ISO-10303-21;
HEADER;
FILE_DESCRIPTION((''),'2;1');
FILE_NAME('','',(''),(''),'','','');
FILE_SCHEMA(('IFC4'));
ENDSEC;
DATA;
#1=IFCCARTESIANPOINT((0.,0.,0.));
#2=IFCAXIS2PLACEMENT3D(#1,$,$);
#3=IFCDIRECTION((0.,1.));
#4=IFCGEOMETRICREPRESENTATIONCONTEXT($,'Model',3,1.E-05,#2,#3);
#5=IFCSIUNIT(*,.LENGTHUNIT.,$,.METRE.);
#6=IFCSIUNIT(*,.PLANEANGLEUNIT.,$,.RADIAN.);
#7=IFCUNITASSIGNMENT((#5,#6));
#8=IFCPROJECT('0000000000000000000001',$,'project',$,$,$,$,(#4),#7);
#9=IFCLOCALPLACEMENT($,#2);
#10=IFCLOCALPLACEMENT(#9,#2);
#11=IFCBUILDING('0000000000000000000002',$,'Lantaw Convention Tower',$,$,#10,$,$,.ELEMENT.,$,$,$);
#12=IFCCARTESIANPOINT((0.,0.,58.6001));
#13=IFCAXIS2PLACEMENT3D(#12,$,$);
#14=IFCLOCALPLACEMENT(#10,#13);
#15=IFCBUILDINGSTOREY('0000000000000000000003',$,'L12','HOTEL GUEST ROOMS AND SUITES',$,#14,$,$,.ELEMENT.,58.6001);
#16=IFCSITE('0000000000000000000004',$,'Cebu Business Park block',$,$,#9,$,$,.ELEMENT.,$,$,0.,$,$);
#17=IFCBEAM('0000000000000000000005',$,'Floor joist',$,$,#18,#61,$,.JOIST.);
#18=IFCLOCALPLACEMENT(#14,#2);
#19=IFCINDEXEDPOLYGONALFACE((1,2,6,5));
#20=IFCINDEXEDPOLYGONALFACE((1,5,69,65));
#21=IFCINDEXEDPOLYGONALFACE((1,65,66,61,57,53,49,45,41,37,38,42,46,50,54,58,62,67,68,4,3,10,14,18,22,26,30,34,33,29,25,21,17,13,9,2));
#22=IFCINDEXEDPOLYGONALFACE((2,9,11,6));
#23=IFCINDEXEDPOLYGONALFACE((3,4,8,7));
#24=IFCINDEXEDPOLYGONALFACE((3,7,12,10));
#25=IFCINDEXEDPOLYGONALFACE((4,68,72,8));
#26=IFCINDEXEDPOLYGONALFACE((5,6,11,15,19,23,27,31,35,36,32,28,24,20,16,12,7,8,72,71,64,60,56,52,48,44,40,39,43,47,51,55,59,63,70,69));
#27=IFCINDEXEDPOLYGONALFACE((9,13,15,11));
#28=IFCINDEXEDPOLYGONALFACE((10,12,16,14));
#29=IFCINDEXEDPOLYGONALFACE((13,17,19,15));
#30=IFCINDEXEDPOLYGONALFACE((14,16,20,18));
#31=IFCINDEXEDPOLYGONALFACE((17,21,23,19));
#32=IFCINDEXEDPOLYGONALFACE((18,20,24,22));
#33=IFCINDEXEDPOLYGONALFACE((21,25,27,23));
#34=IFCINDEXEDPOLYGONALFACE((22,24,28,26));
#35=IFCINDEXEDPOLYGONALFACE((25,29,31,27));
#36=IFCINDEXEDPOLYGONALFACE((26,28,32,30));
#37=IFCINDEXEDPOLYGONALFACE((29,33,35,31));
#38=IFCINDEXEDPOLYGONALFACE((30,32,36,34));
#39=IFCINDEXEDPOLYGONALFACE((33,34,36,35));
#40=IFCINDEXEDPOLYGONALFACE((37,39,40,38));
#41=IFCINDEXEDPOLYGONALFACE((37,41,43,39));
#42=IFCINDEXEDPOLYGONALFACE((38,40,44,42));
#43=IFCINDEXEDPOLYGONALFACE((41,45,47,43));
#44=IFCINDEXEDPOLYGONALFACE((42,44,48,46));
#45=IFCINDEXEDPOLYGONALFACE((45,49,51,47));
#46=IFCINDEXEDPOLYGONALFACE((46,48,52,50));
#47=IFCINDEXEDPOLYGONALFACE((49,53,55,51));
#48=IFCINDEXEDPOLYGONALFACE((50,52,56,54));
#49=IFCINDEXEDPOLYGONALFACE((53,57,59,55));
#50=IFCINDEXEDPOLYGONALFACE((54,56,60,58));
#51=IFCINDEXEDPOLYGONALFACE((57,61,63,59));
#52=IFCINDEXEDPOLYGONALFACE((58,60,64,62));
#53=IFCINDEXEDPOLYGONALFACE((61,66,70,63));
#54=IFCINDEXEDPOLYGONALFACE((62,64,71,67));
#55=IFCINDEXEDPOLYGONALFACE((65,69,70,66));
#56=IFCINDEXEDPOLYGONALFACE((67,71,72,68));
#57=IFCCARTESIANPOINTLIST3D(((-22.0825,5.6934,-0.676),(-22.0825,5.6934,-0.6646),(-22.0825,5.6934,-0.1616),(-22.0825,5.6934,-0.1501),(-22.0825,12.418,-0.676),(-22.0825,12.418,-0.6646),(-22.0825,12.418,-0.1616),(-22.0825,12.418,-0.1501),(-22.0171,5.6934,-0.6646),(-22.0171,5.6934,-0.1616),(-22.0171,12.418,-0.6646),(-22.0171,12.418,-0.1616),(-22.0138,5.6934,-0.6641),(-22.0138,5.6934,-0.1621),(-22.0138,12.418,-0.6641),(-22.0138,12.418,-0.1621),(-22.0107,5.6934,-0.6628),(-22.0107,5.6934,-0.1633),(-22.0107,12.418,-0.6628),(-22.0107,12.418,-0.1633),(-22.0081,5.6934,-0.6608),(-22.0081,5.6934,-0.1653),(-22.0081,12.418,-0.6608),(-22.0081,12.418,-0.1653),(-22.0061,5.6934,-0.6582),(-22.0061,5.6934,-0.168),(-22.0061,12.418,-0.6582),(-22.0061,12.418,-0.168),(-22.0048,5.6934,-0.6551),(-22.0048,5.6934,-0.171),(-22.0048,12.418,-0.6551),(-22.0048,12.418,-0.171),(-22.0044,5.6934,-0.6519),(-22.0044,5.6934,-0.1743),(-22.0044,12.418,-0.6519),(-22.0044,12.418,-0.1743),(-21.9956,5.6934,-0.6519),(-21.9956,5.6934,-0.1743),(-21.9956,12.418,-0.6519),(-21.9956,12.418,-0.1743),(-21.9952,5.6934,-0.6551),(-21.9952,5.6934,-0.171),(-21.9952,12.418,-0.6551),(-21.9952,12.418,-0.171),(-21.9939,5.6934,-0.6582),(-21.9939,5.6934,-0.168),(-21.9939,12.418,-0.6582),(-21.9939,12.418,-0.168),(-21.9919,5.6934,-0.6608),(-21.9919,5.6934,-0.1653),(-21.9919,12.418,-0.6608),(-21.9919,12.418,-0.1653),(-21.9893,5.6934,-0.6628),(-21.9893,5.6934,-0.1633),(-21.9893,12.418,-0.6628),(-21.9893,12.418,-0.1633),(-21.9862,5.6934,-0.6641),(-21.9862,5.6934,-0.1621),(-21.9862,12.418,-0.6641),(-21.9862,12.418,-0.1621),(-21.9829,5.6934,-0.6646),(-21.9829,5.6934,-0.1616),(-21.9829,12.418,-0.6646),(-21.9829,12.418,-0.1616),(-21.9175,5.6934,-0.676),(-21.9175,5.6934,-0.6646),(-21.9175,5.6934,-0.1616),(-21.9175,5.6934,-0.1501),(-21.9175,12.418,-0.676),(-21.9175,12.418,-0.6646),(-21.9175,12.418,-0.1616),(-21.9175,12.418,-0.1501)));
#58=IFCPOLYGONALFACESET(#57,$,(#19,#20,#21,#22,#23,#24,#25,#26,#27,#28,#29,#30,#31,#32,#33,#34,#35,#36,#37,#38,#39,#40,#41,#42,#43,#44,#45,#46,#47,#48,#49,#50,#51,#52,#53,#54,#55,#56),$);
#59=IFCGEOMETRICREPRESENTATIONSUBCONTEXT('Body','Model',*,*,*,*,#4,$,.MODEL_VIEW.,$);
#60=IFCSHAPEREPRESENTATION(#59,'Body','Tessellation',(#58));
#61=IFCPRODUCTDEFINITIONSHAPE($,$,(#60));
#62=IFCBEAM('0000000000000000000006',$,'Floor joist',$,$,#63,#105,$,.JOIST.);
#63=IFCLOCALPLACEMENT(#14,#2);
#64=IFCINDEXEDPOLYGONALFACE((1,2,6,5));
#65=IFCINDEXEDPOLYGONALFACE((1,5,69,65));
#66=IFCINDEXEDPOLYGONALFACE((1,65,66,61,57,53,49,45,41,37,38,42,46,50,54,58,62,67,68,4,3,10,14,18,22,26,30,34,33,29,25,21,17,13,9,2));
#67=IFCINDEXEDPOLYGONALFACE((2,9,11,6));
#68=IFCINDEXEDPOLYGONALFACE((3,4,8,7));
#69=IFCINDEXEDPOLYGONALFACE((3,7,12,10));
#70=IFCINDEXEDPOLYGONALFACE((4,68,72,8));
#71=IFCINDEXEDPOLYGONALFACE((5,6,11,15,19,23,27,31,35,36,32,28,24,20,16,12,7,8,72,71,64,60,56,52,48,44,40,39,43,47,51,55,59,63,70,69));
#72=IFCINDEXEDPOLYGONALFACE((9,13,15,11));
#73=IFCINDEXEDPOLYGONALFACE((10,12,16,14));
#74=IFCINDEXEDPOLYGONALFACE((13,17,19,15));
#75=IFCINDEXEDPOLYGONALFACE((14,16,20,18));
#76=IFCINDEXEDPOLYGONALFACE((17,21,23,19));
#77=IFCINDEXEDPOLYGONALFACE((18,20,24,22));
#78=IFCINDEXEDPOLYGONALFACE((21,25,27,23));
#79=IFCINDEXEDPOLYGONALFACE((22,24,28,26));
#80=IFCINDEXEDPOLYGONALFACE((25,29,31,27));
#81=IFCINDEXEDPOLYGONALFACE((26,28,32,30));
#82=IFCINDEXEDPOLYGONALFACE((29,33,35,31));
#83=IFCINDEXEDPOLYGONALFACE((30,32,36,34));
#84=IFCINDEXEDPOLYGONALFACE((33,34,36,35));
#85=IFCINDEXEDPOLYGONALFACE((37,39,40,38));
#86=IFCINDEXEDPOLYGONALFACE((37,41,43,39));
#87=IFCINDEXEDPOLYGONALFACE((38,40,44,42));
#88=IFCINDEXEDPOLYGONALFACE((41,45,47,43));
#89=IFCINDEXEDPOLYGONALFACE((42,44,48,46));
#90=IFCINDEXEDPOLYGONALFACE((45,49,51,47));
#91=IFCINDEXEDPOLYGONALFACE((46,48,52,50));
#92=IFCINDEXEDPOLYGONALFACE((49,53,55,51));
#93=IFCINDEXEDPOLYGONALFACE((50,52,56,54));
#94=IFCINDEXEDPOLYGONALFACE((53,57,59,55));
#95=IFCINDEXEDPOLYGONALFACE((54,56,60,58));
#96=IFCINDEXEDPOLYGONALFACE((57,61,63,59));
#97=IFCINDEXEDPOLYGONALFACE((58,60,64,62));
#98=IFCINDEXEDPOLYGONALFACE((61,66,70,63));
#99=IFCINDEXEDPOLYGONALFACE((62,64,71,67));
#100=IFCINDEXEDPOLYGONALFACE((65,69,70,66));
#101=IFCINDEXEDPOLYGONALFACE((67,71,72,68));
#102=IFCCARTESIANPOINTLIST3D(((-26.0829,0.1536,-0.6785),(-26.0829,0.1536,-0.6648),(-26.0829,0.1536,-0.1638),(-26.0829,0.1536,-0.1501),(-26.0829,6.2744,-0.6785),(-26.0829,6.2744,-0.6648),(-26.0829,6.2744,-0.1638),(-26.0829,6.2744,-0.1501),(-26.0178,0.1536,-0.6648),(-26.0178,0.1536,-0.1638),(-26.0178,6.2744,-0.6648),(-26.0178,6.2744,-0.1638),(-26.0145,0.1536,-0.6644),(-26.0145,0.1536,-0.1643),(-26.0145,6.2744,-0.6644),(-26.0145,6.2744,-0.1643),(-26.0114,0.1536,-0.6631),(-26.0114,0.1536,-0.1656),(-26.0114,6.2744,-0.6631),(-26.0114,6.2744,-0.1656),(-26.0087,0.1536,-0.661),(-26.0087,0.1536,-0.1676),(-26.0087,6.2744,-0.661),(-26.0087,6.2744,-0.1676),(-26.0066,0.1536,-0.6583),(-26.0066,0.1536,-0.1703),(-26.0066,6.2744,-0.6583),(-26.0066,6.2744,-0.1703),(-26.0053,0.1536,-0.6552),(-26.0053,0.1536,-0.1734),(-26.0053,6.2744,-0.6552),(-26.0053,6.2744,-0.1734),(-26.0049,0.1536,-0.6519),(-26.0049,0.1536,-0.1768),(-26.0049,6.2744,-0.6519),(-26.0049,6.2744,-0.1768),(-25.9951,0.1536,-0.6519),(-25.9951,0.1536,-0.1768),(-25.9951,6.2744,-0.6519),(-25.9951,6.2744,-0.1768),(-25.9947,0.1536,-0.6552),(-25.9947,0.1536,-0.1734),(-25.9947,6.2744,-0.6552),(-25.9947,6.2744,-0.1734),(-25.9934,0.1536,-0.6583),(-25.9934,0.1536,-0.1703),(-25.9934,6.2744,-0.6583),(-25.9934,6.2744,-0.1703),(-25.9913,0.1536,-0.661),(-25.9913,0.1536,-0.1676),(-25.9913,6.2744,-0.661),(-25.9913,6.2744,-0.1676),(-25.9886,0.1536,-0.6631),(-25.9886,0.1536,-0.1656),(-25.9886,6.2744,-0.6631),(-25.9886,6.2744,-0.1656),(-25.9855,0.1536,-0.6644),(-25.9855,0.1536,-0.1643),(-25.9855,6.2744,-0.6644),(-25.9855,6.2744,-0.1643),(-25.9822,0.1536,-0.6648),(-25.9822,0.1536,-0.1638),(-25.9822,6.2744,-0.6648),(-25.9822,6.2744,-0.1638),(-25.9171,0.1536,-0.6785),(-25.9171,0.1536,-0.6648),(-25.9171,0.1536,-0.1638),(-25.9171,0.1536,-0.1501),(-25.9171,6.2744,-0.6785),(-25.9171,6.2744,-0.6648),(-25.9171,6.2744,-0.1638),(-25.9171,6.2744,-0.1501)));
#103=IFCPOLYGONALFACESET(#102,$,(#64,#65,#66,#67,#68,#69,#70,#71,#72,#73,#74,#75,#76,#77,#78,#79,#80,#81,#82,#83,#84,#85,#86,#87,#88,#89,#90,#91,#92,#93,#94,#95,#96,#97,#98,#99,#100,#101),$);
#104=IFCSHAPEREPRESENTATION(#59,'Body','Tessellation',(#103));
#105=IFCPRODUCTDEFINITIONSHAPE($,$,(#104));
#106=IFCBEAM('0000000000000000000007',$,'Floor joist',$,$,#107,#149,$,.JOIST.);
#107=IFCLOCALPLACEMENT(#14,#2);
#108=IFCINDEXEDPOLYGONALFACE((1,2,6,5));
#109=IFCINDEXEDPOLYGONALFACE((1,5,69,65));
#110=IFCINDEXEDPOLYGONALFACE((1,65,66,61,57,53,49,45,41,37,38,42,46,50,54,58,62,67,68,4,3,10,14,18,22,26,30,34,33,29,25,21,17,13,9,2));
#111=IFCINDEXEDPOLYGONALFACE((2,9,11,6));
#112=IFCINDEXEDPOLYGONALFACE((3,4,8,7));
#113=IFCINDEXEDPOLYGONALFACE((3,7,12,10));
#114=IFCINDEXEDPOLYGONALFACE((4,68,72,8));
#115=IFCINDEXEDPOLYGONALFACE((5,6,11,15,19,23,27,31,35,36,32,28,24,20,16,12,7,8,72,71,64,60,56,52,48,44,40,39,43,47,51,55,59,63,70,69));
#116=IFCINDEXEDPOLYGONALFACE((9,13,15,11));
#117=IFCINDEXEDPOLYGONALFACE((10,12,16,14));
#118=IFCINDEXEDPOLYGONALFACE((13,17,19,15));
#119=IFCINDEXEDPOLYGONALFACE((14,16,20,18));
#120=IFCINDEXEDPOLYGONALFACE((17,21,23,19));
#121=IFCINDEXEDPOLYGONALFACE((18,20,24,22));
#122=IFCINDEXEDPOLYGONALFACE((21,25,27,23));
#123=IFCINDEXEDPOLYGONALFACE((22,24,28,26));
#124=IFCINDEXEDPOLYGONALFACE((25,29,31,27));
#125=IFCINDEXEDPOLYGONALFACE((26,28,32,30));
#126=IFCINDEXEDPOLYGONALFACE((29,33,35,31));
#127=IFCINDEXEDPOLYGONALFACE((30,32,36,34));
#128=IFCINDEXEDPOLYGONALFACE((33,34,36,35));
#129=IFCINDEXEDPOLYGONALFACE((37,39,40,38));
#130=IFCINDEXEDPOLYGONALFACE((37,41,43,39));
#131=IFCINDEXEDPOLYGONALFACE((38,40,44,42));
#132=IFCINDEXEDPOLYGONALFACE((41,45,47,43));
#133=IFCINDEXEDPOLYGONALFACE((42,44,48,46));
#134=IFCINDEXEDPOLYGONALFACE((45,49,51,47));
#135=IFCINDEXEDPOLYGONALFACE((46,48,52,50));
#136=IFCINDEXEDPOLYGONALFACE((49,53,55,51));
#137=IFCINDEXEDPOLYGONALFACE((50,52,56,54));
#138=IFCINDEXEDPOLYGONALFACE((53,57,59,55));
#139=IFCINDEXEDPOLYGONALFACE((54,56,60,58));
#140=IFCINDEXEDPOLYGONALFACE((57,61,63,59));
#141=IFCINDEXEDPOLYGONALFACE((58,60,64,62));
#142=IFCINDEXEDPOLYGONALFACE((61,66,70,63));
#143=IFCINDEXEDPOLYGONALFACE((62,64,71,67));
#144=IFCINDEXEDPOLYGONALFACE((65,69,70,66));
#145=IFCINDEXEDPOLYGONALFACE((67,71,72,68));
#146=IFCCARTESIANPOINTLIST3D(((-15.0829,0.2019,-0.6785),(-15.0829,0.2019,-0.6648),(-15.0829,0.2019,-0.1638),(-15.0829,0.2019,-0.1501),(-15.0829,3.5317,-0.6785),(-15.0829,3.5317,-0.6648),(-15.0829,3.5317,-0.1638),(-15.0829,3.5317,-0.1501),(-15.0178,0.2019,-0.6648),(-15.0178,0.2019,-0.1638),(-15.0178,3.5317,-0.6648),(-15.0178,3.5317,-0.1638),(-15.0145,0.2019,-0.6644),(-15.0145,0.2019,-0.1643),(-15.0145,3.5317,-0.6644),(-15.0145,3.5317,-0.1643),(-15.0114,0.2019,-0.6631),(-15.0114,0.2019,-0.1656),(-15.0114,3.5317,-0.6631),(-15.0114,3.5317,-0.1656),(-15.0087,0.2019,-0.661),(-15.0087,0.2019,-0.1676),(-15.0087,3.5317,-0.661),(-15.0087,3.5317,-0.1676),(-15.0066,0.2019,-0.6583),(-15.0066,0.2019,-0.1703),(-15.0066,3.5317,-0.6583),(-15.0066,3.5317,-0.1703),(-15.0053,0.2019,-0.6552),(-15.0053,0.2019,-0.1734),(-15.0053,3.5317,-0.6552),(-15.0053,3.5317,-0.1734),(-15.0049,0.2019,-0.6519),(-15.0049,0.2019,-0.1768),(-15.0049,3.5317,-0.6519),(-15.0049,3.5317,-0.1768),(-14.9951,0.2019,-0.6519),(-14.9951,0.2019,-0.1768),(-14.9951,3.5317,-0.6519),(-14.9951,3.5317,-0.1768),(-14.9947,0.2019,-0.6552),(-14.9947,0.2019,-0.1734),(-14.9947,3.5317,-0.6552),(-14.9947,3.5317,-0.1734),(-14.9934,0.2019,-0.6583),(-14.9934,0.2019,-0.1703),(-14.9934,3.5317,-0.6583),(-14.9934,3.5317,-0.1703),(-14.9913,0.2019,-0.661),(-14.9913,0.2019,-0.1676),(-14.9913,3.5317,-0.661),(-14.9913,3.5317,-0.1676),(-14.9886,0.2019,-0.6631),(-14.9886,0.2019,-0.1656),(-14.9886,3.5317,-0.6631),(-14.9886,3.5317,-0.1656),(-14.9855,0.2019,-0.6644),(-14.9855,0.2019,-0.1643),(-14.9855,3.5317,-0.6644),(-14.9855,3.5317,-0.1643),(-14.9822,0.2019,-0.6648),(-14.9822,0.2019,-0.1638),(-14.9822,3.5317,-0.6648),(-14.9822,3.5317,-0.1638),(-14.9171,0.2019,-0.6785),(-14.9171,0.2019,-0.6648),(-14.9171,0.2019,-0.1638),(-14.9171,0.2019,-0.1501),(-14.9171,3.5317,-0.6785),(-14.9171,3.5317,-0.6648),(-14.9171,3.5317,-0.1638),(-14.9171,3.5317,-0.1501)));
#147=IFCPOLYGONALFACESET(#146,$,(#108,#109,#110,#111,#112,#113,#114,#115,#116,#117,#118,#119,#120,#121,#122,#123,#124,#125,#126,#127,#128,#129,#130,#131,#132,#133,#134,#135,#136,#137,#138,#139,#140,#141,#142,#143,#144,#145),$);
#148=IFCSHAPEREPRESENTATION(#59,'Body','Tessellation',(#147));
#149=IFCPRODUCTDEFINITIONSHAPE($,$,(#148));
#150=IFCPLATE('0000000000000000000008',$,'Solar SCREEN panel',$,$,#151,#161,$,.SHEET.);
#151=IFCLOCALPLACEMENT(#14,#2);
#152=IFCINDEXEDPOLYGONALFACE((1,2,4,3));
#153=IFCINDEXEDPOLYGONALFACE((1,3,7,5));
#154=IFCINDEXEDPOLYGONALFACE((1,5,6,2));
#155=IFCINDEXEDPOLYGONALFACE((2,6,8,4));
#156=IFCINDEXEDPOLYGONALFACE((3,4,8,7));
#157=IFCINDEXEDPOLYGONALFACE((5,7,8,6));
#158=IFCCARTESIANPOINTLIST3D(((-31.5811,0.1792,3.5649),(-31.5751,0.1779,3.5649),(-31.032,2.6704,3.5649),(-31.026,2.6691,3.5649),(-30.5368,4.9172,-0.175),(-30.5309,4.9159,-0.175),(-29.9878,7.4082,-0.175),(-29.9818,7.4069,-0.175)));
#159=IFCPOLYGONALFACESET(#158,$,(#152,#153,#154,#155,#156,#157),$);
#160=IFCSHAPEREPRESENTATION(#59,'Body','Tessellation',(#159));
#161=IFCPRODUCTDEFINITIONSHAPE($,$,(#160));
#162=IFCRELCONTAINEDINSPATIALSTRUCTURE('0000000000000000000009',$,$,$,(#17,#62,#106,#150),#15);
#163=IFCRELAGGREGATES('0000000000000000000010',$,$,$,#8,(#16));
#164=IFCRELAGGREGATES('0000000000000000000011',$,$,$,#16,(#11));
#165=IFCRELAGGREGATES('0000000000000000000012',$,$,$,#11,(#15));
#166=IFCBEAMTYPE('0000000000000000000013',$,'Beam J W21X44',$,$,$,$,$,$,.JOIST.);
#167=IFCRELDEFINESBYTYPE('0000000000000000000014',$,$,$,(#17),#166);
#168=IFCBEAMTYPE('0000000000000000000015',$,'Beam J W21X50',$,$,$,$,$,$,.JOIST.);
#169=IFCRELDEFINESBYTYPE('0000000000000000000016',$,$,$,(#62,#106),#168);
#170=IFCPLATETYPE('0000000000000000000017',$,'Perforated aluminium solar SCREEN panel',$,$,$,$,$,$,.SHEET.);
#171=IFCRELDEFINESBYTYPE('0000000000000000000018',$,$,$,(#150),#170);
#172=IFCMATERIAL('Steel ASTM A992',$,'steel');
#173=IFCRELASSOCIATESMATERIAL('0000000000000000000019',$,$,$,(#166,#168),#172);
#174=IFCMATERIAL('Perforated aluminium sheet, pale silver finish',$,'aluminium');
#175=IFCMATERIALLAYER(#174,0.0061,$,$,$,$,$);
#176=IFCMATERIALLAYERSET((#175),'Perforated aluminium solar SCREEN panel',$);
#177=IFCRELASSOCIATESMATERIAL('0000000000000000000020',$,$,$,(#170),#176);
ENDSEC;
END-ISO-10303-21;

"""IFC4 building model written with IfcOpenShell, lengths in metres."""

from ifc_helpers import new_model, si_unit, direction, frame, origin, origin_2d, place, context, subcontext, project, spatial, polyline, i_section, outline, extrude, material, layer, layer_set, material_profile, profile_set, type_object, element, save


model = new_model("IFC4")

# Units and contexts
model_context = context("Model", 3, precision=1e-05, world=origin(), true_north=direction((0.0, 1.0)))
body_context = subcontext(model_context, "Body", "Model", "MODEL_VIEW")
ifc_project = project(units=[si_unit("LENGTHUNIT", "METRE"), si_unit("PLANEANGLEUNIT", "RADIAN")], contexts=[model_context])

# Site, building, storey
site_placement = place(None, origin())
site = spatial("IfcSite", under=ifc_project, at=site_placement, Name="Cebu Business Park block", CompositionType="ELEMENT", RefElevation=0.0)
building_placement = place(site_placement, origin())
building = spatial("IfcBuilding", under=site, at=building_placement, Name="Lantaw Convention Tower", CompositionType="ELEMENT")
storey_placement = place(building_placement, frame((0.0, 0.0, 58.6001)))
storey = spatial("IfcBuildingStorey", under=building, at=storey_placement, Name="L12", Description="HOTEL GUEST ROOMS AND SUITES", CompositionType="ELEMENT", Elevation=58.6001)

# Beams
ifc_material_1 = material(Name="Steel ASTM A992", Category="steel")
ifc_material_profile_1 = material_profile(ifc_material_1, i_section(OverallWidth=0.165, OverallDepth=0.5259, WebThickness=0.0088, FlangeThickness=0.0115, FilletRadius=0.0127, at=origin_2d()), Name="W21X44")
ifc_profile_set_1 = profile_set([ifc_material_profile_1], Name="Steel ASTM A992")
beam_type_1 = type_object("IfcBeamType", Name="Beam J W21X44", PredefinedType="JOIST", material=ifc_profile_set_1)
beam_1_placement = place(storey_placement, frame((-22.0, 5.6934, -0.4131), z_axis=(0.0, 1.0, 0.0), x_axis=(-1.0, 0.0, 0.0)))
element("IfcBeam", 1, at=beam_1_placement, inside=storey, type_object=beam_type_1, Name="Floor joist", PredefinedType="JOIST", context=body_context, shape_type="SweptSolid", body=[
    extrude(i_section(OverallWidth=0.165, OverallDepth=0.5259, WebThickness=0.0088, FlangeThickness=0.0115, FilletRadius=0.0127, at=origin_2d()), origin(), (0.0, 0.0, 1.0), 6.7246),
])
ifc_material_profile_2 = material_profile(ifc_material_1, i_section(OverallWidth=0.1658, OverallDepth=0.5283, WebThickness=0.0098, FlangeThickness=0.0137, FilletRadius=0.0129, at=origin_2d()), Name="W21X50")
ifc_profile_set_2 = profile_set([ifc_material_profile_2], Name="Steel ASTM A992")
beam_type_2 = type_object("IfcBeamType", Name="Beam J W21X50", PredefinedType="JOIST", material=ifc_profile_set_2)
beam_2_placement = place(storey_placement, frame((-26.0, 0.1536, -0.4143), z_axis=(0.0, 1.0, 0.0), x_axis=(-1.0, 0.0, 0.0)))
element("IfcBeam", 2, at=beam_2_placement, inside=storey, type_object=beam_type_2, Name="Floor joist", PredefinedType="JOIST", context=body_context, shape_type="SweptSolid", body=[
    extrude(i_section(OverallWidth=0.1658, OverallDepth=0.5283, WebThickness=0.0098, FlangeThickness=0.0137, FilletRadius=0.0129, at=origin_2d()), origin(), (0.0, 0.0, 1.0), 6.1208),
])
beam_3_placement = place(storey_placement, frame((-15.0, 0.2019, -0.4143), z_axis=(0.0, 1.0, 0.0), x_axis=(-1.0, 0.0, 0.0)))
element("IfcBeam", 3, at=beam_3_placement, inside=storey, type_object=beam_type_2, Name="Floor joist", PredefinedType="JOIST", context=body_context, shape_type="SweptSolid", body=[
    extrude(i_section(OverallWidth=0.1658, OverallDepth=0.5283, WebThickness=0.0098, FlangeThickness=0.0137, FilletRadius=0.0129, at=origin_2d()), origin(), (0.0, 0.0, 1.0), 3.3298),
])

# Plate
ifc_material_2 = material(Name="Perforated aluminium sheet, pale silver finish", Category="aluminium")
ifc_layer_1 = layer(ifc_material_2, 0.0061)
ifc_layer_set_1 = layer_set([ifc_layer_1], Name="Perforated aluminium solar SCREEN panel")
plate_type = type_object("IfcPlateType", Name="Perforated aluminium solar SCREEN panel", PredefinedType="SHEET", material=ifc_layer_set_1)
plate_placement = place(storey_placement, frame((-29.9878, 7.4082, -0.175), z_axis=(-0.976559, 0.215248, 0.00003), x_axis=(-0.215248, -0.976559, 0.0)))
element("IfcPlate", 4, at=plate_placement, inside=storey, type_object=plate_type, Name="Solar SCREEN panel", PredefinedType="SHEET", context=body_context, shape_type="SweptSolid", body=[
    extrude(outline(polyline([(0.0, 0.0), (2.5508, 0.0), (7.4025, 3.74), (4.8515, 3.74), (0.0, 0.0)])), origin(), (0.0, 0.0, -1.0), 0.0061),
])

save(model, "model.ifc")
